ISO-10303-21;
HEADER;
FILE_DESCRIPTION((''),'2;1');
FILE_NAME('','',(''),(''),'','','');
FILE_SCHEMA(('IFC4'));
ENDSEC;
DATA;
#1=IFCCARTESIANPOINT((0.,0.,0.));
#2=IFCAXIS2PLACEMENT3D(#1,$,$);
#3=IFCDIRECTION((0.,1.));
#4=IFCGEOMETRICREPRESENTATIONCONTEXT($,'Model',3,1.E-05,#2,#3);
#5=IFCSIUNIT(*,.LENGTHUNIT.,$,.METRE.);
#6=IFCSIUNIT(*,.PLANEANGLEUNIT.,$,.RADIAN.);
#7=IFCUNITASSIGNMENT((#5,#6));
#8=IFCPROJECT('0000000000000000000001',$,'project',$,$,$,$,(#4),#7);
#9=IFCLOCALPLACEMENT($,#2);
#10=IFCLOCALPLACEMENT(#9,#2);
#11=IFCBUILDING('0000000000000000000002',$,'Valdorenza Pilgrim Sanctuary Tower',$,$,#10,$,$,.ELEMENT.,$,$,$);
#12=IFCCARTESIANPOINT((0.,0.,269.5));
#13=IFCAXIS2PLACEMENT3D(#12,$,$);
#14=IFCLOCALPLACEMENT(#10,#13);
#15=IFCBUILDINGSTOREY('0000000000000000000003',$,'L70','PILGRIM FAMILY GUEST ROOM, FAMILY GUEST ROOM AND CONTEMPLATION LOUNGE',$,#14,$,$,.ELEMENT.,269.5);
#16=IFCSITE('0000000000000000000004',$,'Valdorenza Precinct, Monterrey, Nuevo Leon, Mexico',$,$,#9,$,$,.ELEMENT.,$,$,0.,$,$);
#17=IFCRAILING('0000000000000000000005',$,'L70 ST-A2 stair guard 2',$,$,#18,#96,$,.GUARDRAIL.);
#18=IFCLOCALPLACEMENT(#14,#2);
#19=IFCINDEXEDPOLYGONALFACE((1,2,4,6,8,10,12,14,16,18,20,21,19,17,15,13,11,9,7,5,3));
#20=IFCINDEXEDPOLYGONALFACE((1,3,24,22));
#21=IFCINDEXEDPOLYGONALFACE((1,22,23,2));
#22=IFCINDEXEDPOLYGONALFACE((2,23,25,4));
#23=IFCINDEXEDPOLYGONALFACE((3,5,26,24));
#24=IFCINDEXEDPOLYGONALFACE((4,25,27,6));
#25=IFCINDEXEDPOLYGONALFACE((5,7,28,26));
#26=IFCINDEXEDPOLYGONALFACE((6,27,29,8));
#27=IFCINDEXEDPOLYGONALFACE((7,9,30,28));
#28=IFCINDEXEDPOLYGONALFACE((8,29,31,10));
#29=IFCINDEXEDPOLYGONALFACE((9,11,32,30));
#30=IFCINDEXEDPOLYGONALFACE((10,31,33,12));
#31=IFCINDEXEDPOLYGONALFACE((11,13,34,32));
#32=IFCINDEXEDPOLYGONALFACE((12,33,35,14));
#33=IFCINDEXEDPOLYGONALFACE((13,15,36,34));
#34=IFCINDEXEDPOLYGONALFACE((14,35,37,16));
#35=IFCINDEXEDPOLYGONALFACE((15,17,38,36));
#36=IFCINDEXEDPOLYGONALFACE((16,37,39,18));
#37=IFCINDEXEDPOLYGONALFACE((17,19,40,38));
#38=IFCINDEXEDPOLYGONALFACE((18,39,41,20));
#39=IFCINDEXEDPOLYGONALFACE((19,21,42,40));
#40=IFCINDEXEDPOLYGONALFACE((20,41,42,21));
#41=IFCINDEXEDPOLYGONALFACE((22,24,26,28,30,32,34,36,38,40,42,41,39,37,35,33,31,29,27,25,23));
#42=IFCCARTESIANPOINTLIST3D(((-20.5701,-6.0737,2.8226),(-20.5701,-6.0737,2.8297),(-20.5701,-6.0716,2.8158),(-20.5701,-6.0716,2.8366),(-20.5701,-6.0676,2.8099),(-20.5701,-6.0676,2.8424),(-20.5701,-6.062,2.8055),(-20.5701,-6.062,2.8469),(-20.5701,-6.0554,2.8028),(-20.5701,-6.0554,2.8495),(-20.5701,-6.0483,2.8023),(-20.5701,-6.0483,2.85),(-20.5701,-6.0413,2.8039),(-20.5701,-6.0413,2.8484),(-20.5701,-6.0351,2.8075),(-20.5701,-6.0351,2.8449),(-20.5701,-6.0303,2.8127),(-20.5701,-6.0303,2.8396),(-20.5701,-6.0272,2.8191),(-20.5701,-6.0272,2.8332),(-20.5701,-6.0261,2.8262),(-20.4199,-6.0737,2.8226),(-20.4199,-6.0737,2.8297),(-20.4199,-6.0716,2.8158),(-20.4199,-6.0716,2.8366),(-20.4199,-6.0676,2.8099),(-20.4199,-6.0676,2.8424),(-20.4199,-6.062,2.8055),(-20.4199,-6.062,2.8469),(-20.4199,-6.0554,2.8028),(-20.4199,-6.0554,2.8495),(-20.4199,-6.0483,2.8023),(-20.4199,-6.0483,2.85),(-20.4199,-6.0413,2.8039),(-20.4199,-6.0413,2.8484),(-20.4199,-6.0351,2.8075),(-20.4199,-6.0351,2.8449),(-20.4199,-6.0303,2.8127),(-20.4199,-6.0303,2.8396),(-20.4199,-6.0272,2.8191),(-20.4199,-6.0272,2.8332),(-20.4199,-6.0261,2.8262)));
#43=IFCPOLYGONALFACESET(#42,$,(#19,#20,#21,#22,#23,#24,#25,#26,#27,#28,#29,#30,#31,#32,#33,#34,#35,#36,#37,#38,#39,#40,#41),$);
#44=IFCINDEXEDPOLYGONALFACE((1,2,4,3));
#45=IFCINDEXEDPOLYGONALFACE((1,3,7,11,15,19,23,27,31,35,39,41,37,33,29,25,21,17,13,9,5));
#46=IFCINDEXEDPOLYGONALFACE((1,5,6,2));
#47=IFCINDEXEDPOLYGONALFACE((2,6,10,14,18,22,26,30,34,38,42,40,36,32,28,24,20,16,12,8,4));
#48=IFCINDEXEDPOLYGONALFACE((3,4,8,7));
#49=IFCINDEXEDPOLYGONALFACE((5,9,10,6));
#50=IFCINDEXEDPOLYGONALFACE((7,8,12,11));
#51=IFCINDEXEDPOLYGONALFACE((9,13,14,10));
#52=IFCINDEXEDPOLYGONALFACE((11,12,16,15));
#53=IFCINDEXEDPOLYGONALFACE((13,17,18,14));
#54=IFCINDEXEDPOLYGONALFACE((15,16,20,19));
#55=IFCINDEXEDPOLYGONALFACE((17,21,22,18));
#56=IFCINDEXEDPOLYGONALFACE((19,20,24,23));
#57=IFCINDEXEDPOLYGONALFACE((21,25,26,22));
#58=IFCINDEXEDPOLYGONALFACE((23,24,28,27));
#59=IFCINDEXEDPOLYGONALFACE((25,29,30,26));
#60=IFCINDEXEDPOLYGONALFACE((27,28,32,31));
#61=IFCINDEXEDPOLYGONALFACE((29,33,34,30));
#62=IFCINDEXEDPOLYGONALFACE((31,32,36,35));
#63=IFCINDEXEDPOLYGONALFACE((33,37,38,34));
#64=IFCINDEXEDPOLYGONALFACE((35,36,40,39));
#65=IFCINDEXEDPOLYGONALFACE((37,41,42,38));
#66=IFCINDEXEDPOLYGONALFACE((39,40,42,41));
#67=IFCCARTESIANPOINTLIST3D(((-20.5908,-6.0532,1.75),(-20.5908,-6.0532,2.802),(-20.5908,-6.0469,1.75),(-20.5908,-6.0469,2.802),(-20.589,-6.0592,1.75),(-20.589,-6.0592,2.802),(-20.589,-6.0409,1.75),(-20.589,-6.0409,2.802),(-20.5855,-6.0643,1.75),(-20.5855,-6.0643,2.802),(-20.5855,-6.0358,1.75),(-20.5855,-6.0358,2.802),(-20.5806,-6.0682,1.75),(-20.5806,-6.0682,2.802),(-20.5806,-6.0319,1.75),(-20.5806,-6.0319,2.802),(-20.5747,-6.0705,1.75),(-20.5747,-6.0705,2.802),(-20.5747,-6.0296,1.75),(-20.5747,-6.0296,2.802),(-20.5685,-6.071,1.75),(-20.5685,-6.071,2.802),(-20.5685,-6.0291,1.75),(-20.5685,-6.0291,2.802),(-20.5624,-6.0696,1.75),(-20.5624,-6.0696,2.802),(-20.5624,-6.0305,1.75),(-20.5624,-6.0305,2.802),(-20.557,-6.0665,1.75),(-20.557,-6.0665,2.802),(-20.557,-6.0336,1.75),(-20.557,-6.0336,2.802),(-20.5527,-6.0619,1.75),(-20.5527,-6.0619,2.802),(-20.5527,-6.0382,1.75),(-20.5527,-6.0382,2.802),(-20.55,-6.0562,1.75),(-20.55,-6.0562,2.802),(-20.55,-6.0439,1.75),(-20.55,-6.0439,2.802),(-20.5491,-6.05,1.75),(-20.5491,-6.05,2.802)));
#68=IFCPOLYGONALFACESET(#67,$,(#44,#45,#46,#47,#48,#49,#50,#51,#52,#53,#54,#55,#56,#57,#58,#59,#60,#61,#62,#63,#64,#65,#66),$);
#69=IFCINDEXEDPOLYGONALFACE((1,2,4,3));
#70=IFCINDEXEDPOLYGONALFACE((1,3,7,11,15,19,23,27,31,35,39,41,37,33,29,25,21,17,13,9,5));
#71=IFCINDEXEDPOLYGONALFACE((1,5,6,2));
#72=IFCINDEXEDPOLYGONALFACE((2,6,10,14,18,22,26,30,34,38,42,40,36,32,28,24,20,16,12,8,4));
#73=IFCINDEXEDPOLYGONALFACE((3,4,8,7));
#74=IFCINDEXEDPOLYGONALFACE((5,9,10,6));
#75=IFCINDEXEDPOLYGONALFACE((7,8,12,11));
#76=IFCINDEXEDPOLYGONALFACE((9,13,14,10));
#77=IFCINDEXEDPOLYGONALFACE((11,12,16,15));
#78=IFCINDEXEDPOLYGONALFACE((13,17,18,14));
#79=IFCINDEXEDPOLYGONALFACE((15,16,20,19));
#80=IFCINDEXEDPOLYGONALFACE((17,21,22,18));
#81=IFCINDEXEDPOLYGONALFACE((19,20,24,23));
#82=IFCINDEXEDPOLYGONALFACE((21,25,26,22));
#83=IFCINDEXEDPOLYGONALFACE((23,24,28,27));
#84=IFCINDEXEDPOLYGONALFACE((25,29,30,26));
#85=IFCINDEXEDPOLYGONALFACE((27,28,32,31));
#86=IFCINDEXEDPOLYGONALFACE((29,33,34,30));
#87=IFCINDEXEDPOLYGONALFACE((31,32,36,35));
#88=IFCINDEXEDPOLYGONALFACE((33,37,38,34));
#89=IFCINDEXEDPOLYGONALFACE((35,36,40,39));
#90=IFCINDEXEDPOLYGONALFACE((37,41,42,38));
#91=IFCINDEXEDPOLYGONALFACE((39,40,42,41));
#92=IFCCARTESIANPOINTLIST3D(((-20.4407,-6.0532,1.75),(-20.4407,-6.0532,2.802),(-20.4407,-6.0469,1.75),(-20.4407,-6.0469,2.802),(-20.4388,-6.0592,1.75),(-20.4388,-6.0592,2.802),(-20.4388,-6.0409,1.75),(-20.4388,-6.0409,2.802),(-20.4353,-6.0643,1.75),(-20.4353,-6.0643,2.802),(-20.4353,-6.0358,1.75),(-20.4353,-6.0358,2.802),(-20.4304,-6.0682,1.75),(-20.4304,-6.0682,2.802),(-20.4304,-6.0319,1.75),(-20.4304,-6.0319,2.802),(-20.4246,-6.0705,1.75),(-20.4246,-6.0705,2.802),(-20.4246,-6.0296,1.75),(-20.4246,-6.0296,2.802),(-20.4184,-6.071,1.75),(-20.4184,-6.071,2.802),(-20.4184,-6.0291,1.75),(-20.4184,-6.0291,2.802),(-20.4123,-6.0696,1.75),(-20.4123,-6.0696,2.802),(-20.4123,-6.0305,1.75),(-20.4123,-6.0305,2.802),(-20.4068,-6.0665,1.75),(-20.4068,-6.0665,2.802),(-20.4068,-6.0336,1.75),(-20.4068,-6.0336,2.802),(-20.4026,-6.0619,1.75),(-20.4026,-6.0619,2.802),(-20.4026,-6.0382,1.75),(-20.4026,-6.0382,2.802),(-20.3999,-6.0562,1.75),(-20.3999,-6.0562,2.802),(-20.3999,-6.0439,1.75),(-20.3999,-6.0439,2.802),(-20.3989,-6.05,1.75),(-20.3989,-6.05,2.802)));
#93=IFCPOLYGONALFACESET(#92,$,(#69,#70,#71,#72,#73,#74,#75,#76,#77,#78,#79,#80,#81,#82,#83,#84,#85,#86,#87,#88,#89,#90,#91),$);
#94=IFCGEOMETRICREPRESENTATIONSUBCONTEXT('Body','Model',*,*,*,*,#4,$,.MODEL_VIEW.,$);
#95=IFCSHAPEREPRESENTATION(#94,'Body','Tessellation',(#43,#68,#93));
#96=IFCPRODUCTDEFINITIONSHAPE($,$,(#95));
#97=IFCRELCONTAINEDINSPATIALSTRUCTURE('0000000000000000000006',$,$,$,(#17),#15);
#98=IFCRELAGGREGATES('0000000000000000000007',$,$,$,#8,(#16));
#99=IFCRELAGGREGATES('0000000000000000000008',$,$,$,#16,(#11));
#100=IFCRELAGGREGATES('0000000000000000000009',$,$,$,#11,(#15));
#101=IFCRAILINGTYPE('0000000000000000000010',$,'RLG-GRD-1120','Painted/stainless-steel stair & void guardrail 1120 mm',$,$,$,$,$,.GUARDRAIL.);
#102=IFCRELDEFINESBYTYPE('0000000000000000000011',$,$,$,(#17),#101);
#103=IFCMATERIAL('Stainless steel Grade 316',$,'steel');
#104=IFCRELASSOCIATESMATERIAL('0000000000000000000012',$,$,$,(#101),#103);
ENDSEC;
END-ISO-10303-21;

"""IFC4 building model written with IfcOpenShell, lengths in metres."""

from ifc_helpers import new_model, si_unit, direction, frame, origin, origin_2d, place, context, subcontext, project, spatial, circle, extrude, material, type_object, element, save


model = new_model("IFC4")

# Units and contexts
model_context = context("Model", 3, precision=1e-05, world=origin(), true_north=direction((0.0, 1.0)))
body_context = subcontext(model_context, "Body", "Model", "MODEL_VIEW")
ifc_project = project(units=[si_unit("LENGTHUNIT", "METRE"), si_unit("PLANEANGLEUNIT", "RADIAN")], contexts=[model_context])

# Site, building, storey
site_placement = place(None, origin())
site = spatial("IfcSite", under=ifc_project, at=site_placement, Name="Valdorenza Precinct, Monterrey, Nuevo Leon, Mexico", CompositionType="ELEMENT", RefElevation=0.0)
building_placement = place(site_placement, origin())
building = spatial("IfcBuilding", under=site, at=building_placement, Name="Valdorenza Pilgrim Sanctuary Tower", CompositionType="ELEMENT")
storey_placement = place(building_placement, frame((0.0, 0.0, 269.5)))
storey = spatial("IfcBuildingStorey", under=building, at=storey_placement, Name="L70", Description="PILGRIM FAMILY GUEST ROOM, FAMILY GUEST ROOM AND CONTEMPLATION LOUNGE", CompositionType="ELEMENT", Elevation=269.5)

# Railing
ifc_material_1 = material(Name="Stainless steel Grade 316", Category="steel")
railing_type_1 = type_object("IfcRailingType", Name="RLG-GRD-1120", Description="Painted/stainless-steel stair & void guardrail 1120 mm", PredefinedType="GUARDRAIL", material=ifc_material_1)
railing_1_placement = place(storey_placement, frame((-20.5701, -6.05, 1.75)))
element("IfcRailing", 1, at=railing_1_placement, inside=storey, type_object=railing_type_1, Name="L70 ST-A2 stair guard 2", PredefinedType="GUARDRAIL", context=body_context, shape_type="SweptSolid", body=[
    extrude(circle(Radius=0.0239, at=origin_2d()), frame((0.0, 0.0, 1.0762), z_axis=(1.0, 0.0, 0.0), x_axis=(0.0, 1.0, 0.0)), (0.0, 0.0, 1.0), 0.1501),
    extrude(circle(Radius=0.021, at=origin_2d()), origin(), (0.0, 0.0, 1.0), 1.052),
    extrude(circle(Radius=0.021, at=origin_2d()), frame((0.1501, 0.0, 0.0)), (0.0, 0.0, 1.0), 1.052),
])

save(model, "model.ifc")
